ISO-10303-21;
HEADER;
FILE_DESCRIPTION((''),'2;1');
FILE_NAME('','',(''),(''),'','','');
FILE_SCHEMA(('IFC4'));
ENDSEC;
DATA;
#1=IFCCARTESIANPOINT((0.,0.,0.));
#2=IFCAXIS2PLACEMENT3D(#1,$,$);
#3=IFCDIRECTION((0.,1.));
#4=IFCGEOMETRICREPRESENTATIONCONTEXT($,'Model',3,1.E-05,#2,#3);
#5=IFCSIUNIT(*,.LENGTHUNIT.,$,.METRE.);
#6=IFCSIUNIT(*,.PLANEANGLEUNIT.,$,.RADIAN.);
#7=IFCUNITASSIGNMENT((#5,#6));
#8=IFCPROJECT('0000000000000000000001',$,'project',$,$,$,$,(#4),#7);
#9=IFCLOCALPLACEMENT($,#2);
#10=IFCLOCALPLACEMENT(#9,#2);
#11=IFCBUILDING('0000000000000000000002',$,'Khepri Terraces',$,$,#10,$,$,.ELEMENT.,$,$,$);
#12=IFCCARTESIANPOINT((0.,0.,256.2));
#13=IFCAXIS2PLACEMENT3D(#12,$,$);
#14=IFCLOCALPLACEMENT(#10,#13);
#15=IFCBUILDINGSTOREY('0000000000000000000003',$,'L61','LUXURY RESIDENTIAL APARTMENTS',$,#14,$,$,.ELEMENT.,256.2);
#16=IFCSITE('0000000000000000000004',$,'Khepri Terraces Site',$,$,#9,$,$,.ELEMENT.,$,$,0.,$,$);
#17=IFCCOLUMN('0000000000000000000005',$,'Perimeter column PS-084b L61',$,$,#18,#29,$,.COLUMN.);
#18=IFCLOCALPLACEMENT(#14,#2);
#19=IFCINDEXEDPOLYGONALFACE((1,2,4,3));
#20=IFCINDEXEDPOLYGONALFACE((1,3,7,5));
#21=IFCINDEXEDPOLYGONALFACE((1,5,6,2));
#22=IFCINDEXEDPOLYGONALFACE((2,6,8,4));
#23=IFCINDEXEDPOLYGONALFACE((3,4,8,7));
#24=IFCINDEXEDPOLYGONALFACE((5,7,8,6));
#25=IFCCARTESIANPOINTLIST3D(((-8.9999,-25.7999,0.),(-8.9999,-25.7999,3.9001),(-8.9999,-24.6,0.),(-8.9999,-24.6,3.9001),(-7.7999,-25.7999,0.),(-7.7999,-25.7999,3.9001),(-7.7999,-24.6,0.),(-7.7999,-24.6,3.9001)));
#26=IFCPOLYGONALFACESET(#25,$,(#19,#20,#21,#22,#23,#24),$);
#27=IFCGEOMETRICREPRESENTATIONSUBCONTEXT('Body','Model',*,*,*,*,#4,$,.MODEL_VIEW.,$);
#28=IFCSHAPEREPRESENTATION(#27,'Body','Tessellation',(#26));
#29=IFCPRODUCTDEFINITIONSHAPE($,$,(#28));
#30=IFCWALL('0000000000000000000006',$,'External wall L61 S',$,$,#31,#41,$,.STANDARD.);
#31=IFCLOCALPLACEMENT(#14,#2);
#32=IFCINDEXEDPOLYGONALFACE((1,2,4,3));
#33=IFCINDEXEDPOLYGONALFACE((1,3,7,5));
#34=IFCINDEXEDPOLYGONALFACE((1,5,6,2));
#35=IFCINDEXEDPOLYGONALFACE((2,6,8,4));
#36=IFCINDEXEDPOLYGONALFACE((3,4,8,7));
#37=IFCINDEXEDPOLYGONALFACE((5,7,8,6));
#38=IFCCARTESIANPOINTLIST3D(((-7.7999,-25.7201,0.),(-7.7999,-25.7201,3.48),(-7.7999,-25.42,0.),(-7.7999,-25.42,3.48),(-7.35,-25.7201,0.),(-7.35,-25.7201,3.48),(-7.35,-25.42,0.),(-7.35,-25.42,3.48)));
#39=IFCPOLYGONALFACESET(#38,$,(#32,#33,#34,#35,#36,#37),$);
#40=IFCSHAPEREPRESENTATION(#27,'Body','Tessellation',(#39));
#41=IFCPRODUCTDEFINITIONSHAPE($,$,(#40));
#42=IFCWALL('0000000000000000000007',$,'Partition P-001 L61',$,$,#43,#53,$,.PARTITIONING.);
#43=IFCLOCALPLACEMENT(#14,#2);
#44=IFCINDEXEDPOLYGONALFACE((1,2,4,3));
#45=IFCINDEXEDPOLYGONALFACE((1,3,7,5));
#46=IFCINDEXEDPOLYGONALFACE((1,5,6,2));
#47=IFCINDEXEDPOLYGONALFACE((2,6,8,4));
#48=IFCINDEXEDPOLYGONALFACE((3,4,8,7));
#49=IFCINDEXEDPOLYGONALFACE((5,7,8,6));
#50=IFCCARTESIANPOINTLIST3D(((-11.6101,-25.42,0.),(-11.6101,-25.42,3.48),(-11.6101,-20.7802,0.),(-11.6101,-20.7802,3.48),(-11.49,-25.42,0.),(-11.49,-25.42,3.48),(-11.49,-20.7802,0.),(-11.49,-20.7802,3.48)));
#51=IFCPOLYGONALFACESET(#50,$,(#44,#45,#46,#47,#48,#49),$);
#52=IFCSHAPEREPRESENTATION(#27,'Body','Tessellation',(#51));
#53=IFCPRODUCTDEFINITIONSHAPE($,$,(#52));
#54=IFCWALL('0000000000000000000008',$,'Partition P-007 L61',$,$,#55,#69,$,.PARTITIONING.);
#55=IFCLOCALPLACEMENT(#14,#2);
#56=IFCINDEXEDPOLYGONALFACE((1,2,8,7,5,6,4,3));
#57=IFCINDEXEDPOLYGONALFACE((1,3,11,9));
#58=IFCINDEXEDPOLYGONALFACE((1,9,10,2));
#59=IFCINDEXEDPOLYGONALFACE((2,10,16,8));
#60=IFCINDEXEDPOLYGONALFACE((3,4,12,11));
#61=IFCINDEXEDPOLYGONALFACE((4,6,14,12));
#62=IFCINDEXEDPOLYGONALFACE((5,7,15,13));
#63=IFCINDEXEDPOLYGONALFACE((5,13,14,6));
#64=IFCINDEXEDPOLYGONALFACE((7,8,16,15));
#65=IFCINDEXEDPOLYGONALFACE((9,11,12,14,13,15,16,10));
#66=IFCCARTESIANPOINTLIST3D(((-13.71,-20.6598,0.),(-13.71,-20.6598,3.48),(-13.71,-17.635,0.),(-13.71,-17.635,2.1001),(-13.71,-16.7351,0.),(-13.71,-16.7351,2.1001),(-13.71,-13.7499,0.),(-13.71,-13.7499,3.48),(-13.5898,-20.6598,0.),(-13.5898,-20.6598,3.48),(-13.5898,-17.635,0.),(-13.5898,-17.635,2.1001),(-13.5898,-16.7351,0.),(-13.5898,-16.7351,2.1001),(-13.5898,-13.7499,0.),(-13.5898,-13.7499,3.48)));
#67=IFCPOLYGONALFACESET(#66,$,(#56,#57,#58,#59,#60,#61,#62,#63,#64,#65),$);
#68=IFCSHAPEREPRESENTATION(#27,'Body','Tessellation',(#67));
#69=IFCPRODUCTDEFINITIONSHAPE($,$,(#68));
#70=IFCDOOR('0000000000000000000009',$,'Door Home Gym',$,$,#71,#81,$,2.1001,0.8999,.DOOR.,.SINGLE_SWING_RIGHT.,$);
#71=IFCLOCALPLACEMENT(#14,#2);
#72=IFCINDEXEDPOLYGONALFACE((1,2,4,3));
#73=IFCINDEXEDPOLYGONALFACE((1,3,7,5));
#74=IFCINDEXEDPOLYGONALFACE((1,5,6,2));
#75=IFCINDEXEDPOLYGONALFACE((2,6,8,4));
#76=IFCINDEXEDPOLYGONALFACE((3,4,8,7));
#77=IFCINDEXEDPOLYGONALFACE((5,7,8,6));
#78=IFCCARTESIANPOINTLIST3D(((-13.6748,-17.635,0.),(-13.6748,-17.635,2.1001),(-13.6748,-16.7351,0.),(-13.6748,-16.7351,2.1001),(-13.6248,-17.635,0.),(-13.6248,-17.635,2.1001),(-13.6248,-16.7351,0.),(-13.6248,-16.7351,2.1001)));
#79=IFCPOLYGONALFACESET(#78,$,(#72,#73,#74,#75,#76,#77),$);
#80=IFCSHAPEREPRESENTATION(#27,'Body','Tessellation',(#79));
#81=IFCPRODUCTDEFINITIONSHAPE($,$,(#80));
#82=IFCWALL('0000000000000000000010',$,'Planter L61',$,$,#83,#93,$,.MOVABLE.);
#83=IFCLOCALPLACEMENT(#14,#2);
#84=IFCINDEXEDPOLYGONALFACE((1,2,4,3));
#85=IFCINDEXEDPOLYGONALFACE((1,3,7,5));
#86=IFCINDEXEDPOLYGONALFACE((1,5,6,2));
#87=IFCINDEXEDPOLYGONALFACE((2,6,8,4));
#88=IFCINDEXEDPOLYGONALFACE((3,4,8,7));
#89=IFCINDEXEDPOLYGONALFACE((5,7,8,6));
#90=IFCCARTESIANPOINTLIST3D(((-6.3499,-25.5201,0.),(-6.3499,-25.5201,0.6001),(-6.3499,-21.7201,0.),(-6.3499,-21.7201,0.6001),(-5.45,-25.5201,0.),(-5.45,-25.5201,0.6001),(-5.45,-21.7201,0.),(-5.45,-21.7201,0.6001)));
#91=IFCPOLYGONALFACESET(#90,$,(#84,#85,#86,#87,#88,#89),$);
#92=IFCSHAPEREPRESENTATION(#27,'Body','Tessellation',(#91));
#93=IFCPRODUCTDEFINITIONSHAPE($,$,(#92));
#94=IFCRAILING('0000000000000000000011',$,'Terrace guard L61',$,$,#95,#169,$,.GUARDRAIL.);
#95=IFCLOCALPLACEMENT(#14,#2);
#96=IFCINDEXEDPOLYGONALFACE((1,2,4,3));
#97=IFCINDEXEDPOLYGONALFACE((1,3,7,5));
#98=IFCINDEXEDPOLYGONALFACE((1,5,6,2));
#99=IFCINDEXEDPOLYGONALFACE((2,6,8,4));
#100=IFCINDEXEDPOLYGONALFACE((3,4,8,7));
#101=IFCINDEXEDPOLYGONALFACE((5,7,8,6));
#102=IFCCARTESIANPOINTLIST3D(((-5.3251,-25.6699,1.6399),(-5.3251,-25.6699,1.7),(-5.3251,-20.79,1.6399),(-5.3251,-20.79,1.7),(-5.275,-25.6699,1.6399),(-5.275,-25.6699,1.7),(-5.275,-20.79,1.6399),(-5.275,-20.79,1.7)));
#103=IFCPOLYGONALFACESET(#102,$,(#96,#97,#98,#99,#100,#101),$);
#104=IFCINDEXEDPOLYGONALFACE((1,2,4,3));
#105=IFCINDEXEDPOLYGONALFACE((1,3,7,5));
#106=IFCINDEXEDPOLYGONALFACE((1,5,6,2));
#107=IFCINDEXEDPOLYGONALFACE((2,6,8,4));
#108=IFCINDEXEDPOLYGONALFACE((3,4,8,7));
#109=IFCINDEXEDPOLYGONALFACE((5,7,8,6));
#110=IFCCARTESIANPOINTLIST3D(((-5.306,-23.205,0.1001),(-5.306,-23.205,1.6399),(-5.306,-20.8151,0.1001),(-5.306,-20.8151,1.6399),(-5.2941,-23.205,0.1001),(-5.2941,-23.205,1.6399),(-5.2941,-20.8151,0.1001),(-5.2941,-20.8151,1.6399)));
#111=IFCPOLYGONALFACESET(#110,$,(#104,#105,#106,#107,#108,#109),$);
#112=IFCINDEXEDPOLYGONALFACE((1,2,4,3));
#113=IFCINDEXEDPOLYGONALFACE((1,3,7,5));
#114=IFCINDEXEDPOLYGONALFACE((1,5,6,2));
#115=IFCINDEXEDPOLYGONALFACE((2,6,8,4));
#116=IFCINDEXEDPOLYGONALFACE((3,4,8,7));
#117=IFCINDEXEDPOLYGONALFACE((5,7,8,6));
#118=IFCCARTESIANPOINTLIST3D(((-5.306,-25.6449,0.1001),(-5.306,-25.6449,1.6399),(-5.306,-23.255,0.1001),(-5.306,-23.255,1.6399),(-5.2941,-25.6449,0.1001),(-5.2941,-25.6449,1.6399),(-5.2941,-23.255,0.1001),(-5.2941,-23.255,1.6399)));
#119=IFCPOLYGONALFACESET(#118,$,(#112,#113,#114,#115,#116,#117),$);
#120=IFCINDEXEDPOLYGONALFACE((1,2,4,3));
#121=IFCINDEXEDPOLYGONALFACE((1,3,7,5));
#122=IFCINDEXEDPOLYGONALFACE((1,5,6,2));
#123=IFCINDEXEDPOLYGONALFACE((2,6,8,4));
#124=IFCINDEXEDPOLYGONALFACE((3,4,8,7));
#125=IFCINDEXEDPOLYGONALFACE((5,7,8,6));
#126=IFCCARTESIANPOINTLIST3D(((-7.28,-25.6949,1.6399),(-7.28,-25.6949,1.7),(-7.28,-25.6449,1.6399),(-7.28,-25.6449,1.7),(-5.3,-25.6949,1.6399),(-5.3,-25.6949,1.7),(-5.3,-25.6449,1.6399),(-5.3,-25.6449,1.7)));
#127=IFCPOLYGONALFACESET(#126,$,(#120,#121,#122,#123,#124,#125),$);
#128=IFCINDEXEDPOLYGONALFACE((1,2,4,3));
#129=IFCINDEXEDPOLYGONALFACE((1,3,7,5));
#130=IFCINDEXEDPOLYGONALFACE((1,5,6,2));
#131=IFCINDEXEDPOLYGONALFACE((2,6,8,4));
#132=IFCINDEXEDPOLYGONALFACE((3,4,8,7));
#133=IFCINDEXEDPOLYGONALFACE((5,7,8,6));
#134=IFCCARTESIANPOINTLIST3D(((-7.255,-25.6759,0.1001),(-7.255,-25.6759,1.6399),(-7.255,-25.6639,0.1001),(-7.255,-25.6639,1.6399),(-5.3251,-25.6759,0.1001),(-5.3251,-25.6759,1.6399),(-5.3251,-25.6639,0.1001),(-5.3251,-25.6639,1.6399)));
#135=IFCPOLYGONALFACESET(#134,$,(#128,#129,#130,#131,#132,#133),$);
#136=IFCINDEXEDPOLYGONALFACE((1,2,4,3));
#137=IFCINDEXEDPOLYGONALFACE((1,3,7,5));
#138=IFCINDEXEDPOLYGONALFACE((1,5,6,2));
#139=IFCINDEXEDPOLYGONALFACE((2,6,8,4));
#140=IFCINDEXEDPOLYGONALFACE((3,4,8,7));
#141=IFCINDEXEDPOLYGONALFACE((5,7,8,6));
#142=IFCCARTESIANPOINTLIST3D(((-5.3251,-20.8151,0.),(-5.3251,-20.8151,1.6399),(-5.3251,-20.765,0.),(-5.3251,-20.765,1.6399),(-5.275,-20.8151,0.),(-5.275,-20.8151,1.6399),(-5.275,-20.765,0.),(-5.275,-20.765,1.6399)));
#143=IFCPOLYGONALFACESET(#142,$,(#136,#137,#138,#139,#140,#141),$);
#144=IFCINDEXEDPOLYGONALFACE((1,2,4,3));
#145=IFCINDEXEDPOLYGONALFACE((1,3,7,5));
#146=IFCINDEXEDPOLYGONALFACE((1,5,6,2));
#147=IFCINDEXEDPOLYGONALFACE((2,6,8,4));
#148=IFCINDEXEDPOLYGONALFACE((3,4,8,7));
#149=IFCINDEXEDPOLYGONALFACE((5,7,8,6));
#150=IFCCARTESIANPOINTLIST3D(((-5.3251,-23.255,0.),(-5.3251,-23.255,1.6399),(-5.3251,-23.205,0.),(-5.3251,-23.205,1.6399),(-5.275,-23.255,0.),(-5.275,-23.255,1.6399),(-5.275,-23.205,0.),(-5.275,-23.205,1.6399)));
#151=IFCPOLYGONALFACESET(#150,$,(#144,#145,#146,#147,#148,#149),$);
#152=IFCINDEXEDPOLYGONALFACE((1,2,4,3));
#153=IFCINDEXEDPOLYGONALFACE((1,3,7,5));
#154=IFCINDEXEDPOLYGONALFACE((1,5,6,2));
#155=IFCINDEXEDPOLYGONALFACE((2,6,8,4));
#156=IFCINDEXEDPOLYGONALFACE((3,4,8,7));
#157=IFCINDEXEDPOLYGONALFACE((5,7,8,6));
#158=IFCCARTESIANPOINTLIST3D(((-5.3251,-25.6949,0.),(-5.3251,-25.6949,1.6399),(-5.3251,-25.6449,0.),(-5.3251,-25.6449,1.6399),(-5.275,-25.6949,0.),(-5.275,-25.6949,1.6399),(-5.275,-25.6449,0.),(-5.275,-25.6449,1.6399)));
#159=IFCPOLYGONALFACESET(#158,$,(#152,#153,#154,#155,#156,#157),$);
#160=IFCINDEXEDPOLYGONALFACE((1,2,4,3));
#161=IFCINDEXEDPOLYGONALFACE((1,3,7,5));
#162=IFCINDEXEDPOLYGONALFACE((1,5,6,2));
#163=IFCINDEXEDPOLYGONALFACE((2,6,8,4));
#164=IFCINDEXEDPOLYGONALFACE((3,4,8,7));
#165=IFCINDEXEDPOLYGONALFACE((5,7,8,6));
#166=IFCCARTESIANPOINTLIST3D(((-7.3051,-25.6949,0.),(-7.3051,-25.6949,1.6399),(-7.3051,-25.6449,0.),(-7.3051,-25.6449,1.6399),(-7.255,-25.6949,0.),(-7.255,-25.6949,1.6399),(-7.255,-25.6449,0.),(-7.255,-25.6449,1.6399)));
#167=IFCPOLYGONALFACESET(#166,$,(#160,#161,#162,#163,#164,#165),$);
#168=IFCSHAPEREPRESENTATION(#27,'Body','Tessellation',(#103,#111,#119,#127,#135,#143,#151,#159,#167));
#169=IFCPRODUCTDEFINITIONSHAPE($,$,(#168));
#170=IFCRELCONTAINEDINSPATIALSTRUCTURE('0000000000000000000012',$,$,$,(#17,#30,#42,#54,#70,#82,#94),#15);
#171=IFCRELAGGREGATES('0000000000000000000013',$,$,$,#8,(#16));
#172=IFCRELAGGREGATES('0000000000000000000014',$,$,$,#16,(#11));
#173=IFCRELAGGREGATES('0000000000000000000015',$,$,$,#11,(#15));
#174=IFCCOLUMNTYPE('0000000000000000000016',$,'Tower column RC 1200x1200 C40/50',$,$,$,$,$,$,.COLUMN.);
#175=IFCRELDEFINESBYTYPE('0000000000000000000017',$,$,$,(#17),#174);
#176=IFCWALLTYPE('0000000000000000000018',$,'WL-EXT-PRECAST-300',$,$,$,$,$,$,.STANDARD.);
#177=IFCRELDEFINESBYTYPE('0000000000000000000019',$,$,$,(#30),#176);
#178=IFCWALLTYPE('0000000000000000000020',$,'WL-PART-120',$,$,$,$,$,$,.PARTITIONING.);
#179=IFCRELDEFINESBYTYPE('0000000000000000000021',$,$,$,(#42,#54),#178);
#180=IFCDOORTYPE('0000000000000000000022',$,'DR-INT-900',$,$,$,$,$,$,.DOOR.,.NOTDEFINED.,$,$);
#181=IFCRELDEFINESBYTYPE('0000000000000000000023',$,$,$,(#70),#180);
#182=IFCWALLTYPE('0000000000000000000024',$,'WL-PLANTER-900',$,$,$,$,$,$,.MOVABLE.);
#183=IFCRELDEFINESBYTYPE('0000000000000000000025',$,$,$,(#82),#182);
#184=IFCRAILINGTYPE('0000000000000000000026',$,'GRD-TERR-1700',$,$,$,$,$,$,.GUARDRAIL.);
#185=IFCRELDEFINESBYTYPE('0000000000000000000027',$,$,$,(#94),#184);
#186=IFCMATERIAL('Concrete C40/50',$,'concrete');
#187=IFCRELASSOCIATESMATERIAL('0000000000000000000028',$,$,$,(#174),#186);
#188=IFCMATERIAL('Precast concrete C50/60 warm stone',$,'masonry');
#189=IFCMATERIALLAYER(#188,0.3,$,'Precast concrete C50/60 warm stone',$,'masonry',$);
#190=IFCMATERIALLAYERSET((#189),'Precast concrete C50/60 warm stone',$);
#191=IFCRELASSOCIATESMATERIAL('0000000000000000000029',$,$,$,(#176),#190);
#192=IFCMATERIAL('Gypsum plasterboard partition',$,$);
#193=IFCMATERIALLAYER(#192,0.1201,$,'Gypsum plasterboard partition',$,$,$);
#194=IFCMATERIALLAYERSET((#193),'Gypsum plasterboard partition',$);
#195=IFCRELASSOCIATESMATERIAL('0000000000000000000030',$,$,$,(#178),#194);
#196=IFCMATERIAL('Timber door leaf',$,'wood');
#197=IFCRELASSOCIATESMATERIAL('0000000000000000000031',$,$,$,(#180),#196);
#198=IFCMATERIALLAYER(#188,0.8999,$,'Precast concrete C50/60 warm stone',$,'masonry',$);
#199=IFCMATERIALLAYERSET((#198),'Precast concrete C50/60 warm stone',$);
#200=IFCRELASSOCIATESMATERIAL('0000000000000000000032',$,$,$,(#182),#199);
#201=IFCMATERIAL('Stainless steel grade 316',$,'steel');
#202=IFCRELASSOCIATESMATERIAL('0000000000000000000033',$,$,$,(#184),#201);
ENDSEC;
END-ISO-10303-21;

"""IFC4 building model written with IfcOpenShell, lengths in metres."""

from ifc_helpers import new_model, si_unit, direction, frame, frame_2d, origin, origin_2d, place, context, subcontext, project, spatial, rectangle, extrude, material, layer, layer_set, material_profile, profile_set, type_object, element, fill, save


model = new_model("IFC4")

# Units and contexts
model_context = context("Model", 3, precision=1e-05, world=origin(), true_north=direction((0.0, 1.0)))
body_context = subcontext(model_context, "Body", "Model", "MODEL_VIEW")
ifc_project = project(units=[si_unit("LENGTHUNIT", "METRE"), si_unit("PLANEANGLEUNIT", "RADIAN")], contexts=[model_context])

# Site, building, storey
site_placement = place(None, origin())
site = spatial("IfcSite", under=ifc_project, at=site_placement, Name="Khepri Terraces Site", CompositionType="ELEMENT", RefElevation=0.0)
building_placement = place(site_placement, origin())
building = spatial("IfcBuilding", under=site, at=building_placement, Name="Khepri Terraces", CompositionType="ELEMENT")
storey_placement = place(building_placement, frame((0.0, 0.0, 256.2)))
storey = spatial("IfcBuildingStorey", under=building, at=storey_placement, Name="L61", Description="LUXURY RESIDENTIAL APARTMENTS", CompositionType="ELEMENT", Elevation=256.2)

# Column
ifc_material_1 = material(Name="Concrete C40/50", Category="concrete")
ifc_material_profile = material_profile(ifc_material_1, rectangle(XDim=1.2, YDim=1.2, at=origin_2d()), Name="Concrete C40/50", Category="concrete")
ifc_profile_set = profile_set([ifc_material_profile], Name="Concrete C40/50")
column_type = type_object("IfcColumnType", Name="Tower column RC 1200x1200 C40/50", PredefinedType="COLUMN", material=ifc_profile_set)
column_placement = place(storey_placement, frame((-8.3999, -25.2, 0.0), z_axis=(0.0, 0.0, 1.0), x_axis=(1.0, 0.0, 0.0)))
element("IfcColumn", 1, at=column_placement, inside=storey, type_object=column_type, Name="Perimeter column PS-084b L61", PredefinedType="COLUMN", context=body_context, shape_type="SweptSolid", body=[
    extrude(rectangle(XDim=1.2, YDim=1.2, at=origin_2d()), origin(), (0.0, 0.0, 1.0), 3.9001),
])

# Shared definitions
ifc_material_2 = material(Name="Precast concrete C50/60 warm stone", Category="masonry")
ifc_layer_1 = layer(ifc_material_2, 0.3, Name="Precast concrete C50/60 warm stone", Category="masonry")
ifc_layer_set_1 = layer_set([ifc_layer_1], Name="Precast concrete C50/60 warm stone")
wall_type_1 = type_object("IfcWallType", Name="WL-EXT-PRECAST-300", PredefinedType="STANDARD", material=ifc_layer_set_1)

# Wall
wall_1_placement = place(storey_placement, frame((-7.8, -25.5701, 0.0), z_axis=(0.0, 0.0, 1.0), x_axis=(1.0, 0.0, 0.0)))
element("IfcWall", 2, at=wall_1_placement, inside=storey, type_object=wall_type_1, Name="External wall L61 S", PredefinedType="STANDARD", context=body_context, shape_type="SweptSolid", body=[
    extrude(rectangle(XDim=0.45, YDim=0.3, at=frame_2d((0.2251, 0.0))), origin(), (0.0, 0.0, 1.0), 3.48),
])

# Wall
ifc_material_3 = material(Name="Gypsum plasterboard partition")
ifc_layer_2 = layer(ifc_material_3, 0.1201, Name="Gypsum plasterboard partition")
ifc_layer_set_2 = layer_set([ifc_layer_2], Name="Gypsum plasterboard partition")
wall_type_2 = type_object("IfcWallType", Name="WL-PART-120", PredefinedType="PARTITIONING", material=ifc_layer_set_2)
wall_2_placement = place(storey_placement, frame((-11.55, -25.4199, 0.0), z_axis=(0.0, 0.0, 1.0), x_axis=(0.0, 1.0, 0.0)))
element("IfcWall", 3, at=wall_2_placement, inside=storey, type_object=wall_type_2, Name="Partition P-001 L61", PredefinedType="PARTITIONING", context=body_context, shape_type="SweptSolid", body=[
    extrude(rectangle(XDim=4.6399, YDim=0.1201, at=frame_2d((2.3198, 0.0))), origin(), (0.0, 0.0, 1.0), 3.48),
])

# Wall, opening, door
wall_3_placement = place(storey_placement, frame((-13.6499, -20.6599, 0.0), z_axis=(0.0, 0.0, 1.0), x_axis=(0.0, 1.0, 0.0)))
wall_3 = element("IfcWall", 4, at=wall_3_placement, inside=storey, type_object=wall_type_2, Name="Partition P-007 L61", PredefinedType="PARTITIONING", context=body_context, shape_type="SweptSolid", body=[
    extrude(rectangle(XDim=6.9099, YDim=0.1201, at=frame_2d((3.4551, 0.0))), origin(), (0.0, 0.0, 1.0), 3.48),
])
opening_1_placement = place(wall_3_placement, frame((3.0249, 0.0, 0.0)))
opening_1 = element("IfcOpeningElement", 5, at=opening_1_placement, cuts=wall_3, PredefinedType="OPENING", context=body_context, shape_type="SweptSolid", body=[
    extrude(rectangle(XDim=0.8999, YDim=2.1001, at=frame_2d((0.45, 1.05))), frame((0.0, 0.0701, 0.0), z_axis=(0.0, -1.0, 0.0), x_axis=(1.0, 0.0, 0.0)), (0.0, 0.0, 1.0), 0.1401),
])
ifc_material_4 = material(Name="Timber door leaf", Category="wood")
door_type_1 = type_object("IfcDoorType", Name="DR-INT-900", OperationType="NOTDEFINED", PredefinedType="DOOR", material=ifc_material_4)
door_1_placement = place(opening_1_placement, origin())
door_1 = element("IfcDoor", 6, at=door_1_placement, inside=storey, type_object=door_type_1, Name="Door Home Gym", OperationType="SINGLE_SWING_RIGHT", OverallHeight=2.1001, OverallWidth=0.8999, PredefinedType="DOOR", context=body_context, shape_type="SweptSolid", body=[
    extrude(rectangle(XDim=0.8999, YDim=2.1001, at=frame_2d((0.45, 1.05))), frame((0.0, 0.0249, 0.0), z_axis=(0.0, -1.0, 0.0), x_axis=(1.0, 0.0, 0.0)), (0.0, 0.0, 1.0), 0.05),
])
fill(opening_1, door_1)

# Wall
ifc_layer_3 = layer(ifc_material_2, 0.8999, Name="Precast concrete C50/60 warm stone", Category="masonry")
ifc_layer_set_3 = layer_set([ifc_layer_3], Name="Precast concrete C50/60 warm stone")
wall_type_3 = type_object("IfcWallType", Name="WL-PLANTER-900", PredefinedType="MOVABLE", material=ifc_layer_set_3)
wall_4_placement = place(storey_placement, frame((-5.8999, -25.52, 0.0), z_axis=(0.0, 0.0, 1.0), x_axis=(0.0, 1.0, 0.0)))
element("IfcWall", 7, at=wall_4_placement, inside=storey, type_object=wall_type_3, Name="Planter L61", PredefinedType="MOVABLE", context=body_context, shape_type="SweptSolid", body=[
    extrude(rectangle(XDim=3.8, YDim=0.8999, at=frame_2d((1.8999, 0.0))), origin(), (0.0, 0.0, 1.0), 0.6001),
])

# Railing
ifc_material_5 = material(Name="Stainless steel grade 316", Category="steel")
railing_type = type_object("IfcRailingType", Name="GRD-TERR-1700", PredefinedType="GUARDRAIL", material=ifc_material_5)
railing_placement = place(storey_placement, frame((-5.3, -20.79, 0.0)))
element("IfcRailing", 8, at=railing_placement, inside=storey, type_object=railing_type, Name="Terrace guard L61", PredefinedType="GUARDRAIL", context=body_context, shape_type="SweptSolid", body=[
    extrude(rectangle(XDim=0.05, YDim=0.0601, at=origin_2d()), frame((0.0, 0.0, 1.6699), z_axis=(0.0, -1.0, 0.0), x_axis=(1.0, 0.0, 0.0)), (0.0, 0.0, 1.0), 4.8799),
    extrude(rectangle(XDim=2.3899, YDim=0.012, at=origin_2d()), frame((0.0, -1.22, 0.1001), z_axis=(0.0, 0.0, 1.0), x_axis=(0.0, -1.0, 0.0)), (0.0, 0.0, 1.0), 1.5398),
    extrude(rectangle(XDim=2.3899, YDim=0.012, at=origin_2d()), frame((0.0, -3.6599, 0.1001), z_axis=(0.0, 0.0, 1.0), x_axis=(0.0, -1.0, 0.0)), (0.0, 0.0, 1.0), 1.5398),
    extrude(rectangle(XDim=0.05, YDim=0.0601, at=origin_2d()), frame((0.0, -4.8799, 1.6699), z_axis=(-1.0, 0.0, 0.0), x_axis=(0.0, -1.0, 0.0)), (0.0, 0.0, 1.0), 1.98),
    extrude(rectangle(XDim=1.9299, YDim=0.012, at=origin_2d()), frame((-0.99, -4.8799, 0.1001), z_axis=(0.0, 0.0, 1.0), x_axis=(-1.0, 0.0, 0.0)), (0.0, 0.0, 1.0), 1.5398),
    extrude(rectangle(XDim=0.05, YDim=0.05, at=origin_2d()), origin(), (0.0, 0.0, 1.0), 1.6399),
    extrude(rectangle(XDim=0.05, YDim=0.05, at=origin_2d()), frame((0.0, -2.4399, 0.0)), (0.0, 0.0, 1.0), 1.6399),
    extrude(rectangle(XDim=0.05, YDim=0.05, at=origin_2d()), frame((0.0, -4.8799, 0.0)), (0.0, 0.0, 1.0), 1.6399),
    extrude(rectangle(XDim=0.05, YDim=0.05, at=origin_2d()), frame((-1.98, -4.8799, 0.0)), (0.0, 0.0, 1.0), 1.6399),
])

save(model, "model.ifc")
